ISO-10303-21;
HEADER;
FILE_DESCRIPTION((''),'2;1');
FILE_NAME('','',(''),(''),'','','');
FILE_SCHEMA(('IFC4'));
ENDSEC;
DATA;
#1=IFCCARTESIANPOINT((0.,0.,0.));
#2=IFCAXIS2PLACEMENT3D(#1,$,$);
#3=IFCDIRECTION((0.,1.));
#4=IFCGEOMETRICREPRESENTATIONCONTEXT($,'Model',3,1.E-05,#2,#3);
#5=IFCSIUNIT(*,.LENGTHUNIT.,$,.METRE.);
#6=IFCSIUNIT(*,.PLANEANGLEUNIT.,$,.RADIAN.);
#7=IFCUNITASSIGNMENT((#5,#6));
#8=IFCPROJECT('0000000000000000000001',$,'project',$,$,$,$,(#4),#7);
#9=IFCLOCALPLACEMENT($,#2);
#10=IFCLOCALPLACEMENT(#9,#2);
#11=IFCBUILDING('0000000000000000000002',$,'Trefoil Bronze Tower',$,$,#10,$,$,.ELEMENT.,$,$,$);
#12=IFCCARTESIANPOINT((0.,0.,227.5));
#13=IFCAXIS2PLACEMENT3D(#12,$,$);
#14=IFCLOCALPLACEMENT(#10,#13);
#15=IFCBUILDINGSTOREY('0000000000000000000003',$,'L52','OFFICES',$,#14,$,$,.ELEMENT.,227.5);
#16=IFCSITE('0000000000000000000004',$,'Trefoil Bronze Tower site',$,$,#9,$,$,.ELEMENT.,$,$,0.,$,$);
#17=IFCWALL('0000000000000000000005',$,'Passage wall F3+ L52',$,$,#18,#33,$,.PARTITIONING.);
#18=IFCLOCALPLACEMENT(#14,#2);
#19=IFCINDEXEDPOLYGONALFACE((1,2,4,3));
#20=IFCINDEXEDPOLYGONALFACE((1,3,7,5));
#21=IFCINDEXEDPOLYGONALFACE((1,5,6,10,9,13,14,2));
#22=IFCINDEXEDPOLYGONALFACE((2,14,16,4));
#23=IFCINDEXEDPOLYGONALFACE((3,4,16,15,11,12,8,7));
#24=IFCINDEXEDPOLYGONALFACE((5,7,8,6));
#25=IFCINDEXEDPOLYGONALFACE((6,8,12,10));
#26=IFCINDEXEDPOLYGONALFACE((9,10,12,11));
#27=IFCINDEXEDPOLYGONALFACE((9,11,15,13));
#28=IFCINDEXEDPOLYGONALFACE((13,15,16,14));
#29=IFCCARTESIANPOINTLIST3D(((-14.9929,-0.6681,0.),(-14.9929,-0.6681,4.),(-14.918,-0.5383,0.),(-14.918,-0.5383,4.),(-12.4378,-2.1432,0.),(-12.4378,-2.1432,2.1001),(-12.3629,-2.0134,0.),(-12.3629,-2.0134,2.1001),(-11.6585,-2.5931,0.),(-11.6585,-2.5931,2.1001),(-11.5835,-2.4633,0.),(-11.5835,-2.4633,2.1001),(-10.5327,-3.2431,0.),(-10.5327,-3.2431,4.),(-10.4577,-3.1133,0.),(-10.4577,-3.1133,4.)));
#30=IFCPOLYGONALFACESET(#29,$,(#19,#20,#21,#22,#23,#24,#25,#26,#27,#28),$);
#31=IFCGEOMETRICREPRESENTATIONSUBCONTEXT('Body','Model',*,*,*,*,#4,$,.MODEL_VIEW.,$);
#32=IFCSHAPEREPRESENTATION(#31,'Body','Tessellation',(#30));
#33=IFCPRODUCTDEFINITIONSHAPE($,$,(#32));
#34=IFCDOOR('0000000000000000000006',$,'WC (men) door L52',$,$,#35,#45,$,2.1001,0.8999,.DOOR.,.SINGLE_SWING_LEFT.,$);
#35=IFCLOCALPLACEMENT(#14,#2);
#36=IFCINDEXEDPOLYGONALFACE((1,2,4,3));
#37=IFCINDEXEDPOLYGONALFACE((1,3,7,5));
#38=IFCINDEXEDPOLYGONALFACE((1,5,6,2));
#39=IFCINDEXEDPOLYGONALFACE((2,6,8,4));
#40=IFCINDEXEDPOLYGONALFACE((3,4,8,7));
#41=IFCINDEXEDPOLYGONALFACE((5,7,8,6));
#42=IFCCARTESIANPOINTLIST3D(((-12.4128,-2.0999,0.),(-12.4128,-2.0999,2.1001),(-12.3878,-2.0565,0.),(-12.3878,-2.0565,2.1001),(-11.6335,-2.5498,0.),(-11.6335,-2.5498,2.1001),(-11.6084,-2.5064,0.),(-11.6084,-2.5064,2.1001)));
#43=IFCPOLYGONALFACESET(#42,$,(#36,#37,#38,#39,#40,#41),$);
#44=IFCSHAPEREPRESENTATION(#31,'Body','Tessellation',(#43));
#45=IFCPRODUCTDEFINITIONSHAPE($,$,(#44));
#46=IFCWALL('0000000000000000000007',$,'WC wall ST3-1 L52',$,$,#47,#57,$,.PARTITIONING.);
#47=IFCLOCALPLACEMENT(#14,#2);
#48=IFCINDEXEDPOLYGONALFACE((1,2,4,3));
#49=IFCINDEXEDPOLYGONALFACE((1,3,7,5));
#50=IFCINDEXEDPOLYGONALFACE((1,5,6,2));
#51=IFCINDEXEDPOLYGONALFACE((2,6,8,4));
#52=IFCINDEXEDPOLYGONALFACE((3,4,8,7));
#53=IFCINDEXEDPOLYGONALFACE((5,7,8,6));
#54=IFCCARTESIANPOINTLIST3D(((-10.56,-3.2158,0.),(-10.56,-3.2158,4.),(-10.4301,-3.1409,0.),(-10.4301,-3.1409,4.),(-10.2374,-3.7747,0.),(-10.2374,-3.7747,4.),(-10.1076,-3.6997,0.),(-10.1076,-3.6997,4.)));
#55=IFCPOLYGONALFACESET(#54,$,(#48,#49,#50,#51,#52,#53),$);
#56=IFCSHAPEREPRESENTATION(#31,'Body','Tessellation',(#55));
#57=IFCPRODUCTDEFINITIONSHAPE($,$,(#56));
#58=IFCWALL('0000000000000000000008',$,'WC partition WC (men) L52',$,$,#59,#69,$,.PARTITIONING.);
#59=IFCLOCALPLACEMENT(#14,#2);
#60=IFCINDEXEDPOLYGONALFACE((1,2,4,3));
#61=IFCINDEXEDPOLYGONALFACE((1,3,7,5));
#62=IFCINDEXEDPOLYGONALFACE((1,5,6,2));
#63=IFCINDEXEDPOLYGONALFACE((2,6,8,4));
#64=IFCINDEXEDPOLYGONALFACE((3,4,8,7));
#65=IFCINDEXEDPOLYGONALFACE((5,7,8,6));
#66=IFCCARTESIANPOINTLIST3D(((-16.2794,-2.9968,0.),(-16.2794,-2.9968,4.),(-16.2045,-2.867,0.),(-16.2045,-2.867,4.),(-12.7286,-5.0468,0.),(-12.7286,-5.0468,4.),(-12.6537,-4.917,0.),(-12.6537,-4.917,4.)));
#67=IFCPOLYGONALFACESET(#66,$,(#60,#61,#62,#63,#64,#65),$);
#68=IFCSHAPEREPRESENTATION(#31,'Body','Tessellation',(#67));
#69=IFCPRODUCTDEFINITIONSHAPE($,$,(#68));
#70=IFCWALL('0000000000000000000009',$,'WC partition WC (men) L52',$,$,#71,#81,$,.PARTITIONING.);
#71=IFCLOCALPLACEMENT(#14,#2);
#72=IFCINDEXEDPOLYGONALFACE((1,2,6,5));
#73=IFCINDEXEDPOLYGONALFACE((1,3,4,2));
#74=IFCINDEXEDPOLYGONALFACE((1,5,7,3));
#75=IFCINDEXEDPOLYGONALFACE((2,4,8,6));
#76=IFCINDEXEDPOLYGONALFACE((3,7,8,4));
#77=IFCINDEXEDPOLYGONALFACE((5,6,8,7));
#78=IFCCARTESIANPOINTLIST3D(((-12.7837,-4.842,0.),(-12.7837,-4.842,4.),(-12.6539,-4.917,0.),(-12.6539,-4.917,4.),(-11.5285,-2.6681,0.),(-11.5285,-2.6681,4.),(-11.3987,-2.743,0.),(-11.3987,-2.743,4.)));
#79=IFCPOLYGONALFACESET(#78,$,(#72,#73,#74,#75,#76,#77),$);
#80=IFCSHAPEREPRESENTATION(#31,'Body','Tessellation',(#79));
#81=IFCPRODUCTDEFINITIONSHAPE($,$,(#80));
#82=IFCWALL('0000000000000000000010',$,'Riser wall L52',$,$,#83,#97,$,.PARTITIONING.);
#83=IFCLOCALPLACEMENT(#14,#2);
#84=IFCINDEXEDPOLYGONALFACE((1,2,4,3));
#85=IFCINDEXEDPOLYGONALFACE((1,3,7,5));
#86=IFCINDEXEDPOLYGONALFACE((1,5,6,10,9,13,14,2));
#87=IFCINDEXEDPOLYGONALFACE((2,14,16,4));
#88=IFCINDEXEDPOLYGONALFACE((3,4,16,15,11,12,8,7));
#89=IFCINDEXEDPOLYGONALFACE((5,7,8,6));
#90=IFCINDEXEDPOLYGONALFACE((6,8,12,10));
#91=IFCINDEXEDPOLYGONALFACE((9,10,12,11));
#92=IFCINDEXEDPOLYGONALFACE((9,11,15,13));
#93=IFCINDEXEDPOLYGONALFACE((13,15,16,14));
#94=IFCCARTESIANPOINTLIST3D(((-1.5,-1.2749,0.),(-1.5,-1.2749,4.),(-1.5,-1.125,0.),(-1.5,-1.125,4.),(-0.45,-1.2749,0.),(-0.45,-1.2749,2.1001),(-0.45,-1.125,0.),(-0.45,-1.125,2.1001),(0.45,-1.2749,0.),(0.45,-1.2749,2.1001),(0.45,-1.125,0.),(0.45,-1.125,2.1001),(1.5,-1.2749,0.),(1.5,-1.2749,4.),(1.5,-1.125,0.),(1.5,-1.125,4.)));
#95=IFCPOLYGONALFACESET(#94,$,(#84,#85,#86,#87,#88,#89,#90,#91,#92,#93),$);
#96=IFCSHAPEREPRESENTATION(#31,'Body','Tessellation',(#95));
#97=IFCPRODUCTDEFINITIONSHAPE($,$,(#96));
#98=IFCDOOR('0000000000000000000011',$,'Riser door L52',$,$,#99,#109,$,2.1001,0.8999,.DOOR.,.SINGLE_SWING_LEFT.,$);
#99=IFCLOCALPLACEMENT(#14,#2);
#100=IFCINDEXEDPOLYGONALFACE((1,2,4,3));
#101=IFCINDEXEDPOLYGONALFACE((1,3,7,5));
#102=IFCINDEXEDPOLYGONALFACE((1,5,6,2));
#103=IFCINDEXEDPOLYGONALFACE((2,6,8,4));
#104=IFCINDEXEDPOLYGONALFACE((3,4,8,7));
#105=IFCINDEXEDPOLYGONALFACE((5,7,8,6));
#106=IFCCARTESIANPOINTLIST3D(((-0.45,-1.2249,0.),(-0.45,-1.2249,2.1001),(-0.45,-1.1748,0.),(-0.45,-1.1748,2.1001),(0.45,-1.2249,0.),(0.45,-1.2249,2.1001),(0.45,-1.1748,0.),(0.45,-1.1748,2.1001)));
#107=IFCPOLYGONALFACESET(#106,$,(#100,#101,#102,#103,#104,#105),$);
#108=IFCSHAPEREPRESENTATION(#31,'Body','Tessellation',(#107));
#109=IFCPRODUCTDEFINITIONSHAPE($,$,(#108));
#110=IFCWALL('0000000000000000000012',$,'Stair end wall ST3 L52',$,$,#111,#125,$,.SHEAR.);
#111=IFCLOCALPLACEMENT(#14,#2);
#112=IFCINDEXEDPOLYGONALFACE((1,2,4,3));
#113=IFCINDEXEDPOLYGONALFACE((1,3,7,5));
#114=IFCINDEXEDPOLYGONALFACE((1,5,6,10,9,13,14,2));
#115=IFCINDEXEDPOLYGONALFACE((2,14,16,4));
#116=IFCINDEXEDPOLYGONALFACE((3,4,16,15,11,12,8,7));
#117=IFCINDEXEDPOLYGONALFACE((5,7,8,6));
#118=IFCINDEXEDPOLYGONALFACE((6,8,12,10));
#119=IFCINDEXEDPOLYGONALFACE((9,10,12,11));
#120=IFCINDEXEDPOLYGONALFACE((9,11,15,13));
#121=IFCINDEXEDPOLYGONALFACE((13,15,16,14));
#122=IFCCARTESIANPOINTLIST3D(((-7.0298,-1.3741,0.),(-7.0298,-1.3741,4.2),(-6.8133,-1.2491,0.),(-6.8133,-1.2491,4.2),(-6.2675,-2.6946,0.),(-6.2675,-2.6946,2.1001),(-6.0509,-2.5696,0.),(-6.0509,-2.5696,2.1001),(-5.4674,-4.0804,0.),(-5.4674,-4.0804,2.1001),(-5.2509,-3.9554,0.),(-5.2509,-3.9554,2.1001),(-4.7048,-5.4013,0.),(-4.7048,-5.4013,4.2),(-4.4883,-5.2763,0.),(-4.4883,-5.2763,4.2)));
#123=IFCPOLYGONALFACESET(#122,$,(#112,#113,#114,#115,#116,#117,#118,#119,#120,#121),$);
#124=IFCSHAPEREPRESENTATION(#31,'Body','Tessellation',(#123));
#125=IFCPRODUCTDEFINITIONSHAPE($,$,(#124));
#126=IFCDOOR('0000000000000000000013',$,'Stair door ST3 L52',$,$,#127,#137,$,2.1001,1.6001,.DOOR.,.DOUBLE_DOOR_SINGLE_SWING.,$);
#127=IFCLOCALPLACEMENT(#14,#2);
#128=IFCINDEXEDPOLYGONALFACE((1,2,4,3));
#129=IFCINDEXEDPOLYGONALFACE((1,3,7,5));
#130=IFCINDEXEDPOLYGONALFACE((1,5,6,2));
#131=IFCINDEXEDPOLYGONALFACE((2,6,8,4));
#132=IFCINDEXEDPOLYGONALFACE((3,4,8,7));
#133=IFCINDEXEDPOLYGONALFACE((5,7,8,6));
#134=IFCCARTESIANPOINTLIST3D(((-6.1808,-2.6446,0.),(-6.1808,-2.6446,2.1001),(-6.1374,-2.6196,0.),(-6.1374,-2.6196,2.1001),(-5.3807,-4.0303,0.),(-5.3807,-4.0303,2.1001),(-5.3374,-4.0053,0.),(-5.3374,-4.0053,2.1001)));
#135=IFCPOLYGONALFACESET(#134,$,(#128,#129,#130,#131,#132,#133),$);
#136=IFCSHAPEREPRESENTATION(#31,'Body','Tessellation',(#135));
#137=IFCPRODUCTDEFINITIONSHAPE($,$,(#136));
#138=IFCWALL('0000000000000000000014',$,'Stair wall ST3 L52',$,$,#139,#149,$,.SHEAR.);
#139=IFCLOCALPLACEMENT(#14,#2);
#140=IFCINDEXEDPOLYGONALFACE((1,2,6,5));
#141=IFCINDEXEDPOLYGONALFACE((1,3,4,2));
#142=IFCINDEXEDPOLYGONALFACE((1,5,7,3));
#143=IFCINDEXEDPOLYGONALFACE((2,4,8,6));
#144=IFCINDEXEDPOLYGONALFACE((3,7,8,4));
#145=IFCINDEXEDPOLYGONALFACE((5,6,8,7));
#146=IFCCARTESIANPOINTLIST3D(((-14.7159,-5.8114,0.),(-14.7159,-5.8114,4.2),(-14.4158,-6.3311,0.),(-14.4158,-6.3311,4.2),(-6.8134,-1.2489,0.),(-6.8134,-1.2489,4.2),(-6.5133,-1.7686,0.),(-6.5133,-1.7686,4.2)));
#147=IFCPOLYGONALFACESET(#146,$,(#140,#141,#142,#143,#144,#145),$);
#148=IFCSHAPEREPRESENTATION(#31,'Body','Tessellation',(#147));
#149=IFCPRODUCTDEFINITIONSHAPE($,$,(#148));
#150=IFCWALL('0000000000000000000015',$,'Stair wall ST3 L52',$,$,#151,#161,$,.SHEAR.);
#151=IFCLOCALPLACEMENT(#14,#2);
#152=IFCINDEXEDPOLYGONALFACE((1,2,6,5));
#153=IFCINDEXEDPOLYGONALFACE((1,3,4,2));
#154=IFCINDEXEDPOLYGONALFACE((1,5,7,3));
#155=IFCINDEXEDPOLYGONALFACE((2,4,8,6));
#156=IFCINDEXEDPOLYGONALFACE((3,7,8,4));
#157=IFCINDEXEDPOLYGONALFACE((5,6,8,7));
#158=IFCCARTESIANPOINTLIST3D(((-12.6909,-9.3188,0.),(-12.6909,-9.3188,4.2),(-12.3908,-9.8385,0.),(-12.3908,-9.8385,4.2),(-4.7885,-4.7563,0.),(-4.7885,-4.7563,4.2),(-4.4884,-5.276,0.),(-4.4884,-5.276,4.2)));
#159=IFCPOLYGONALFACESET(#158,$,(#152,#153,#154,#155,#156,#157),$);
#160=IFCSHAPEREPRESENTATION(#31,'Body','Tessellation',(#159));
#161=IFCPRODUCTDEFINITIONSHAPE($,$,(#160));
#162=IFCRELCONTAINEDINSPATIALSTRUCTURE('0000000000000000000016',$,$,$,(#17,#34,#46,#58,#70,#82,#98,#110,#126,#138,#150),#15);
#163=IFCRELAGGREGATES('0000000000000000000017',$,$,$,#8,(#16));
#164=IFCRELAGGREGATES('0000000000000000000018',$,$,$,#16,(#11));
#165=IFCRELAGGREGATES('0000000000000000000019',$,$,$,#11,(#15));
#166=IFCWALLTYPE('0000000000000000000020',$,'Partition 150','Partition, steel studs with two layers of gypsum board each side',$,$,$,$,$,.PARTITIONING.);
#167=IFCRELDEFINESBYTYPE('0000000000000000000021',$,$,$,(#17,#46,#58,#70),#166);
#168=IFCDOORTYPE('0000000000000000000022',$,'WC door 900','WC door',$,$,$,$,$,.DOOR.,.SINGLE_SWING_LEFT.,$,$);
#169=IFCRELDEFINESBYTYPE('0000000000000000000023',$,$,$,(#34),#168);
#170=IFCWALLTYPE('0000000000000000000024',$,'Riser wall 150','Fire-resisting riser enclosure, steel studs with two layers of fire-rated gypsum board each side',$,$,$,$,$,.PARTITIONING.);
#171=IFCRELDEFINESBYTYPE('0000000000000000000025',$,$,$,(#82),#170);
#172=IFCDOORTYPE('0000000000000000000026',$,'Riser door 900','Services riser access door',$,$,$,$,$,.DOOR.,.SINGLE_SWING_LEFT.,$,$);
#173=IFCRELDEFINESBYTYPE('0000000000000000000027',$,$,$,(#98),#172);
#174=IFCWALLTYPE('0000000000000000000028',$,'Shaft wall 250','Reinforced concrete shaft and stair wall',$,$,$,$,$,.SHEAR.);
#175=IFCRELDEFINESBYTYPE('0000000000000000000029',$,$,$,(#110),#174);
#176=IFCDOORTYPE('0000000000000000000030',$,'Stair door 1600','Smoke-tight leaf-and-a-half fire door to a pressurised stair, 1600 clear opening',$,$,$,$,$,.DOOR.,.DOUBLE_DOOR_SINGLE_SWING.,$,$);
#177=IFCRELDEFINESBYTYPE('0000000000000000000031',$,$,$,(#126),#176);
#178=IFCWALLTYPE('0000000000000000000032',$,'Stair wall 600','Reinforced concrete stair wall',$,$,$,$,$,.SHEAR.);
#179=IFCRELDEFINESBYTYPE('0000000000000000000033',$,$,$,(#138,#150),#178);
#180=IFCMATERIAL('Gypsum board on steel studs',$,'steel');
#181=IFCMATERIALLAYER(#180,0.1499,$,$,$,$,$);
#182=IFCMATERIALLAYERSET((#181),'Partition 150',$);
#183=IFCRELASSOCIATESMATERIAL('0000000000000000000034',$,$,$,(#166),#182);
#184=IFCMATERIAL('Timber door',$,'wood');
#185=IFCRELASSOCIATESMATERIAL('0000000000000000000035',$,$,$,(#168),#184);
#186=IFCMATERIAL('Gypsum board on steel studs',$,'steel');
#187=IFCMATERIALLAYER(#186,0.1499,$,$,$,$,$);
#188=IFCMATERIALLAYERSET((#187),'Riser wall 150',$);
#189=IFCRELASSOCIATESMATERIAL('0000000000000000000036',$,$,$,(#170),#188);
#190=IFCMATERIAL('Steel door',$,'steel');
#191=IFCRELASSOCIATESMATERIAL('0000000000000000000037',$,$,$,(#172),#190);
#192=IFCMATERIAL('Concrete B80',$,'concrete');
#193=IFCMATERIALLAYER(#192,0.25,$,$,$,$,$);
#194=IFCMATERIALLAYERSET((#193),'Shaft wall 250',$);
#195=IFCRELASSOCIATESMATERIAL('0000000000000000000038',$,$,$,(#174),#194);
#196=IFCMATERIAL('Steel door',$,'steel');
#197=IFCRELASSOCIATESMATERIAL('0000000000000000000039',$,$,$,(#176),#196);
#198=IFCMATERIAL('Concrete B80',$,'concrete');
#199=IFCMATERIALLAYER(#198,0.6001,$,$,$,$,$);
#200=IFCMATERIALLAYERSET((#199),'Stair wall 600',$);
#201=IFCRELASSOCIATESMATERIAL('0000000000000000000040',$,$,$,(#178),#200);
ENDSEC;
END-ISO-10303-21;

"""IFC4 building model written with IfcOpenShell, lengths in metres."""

from ifc_helpers import new_model, si_unit, direction, frame, frame_2d, origin, place, context, subcontext, project, spatial, rectangle, extrude, material, layer, layer_set, type_object, element, fill, save


model = new_model("IFC4")

# Units and contexts
model_context = context("Model", 3, precision=1e-05, world=origin(), true_north=direction((0.0, 1.0)))
body_context = subcontext(model_context, "Body", "Model", "MODEL_VIEW")
ifc_project = project(units=[si_unit("LENGTHUNIT", "METRE"), si_unit("PLANEANGLEUNIT", "RADIAN")], contexts=[model_context])

# Site, building, storey
site_placement = place(None, origin())
site = spatial("IfcSite", under=ifc_project, at=site_placement, Name="Trefoil Bronze Tower site", CompositionType="ELEMENT", RefElevation=0.0)
building_placement = place(site_placement, origin())
building = spatial("IfcBuilding", under=site, at=building_placement, Name="Trefoil Bronze Tower", CompositionType="ELEMENT")
storey_placement = place(building_placement, frame((0.0, 0.0, 227.5)))
storey = spatial("IfcBuildingStorey", under=building, at=storey_placement, Name="L52", Description="OFFICES", CompositionType="ELEMENT", Elevation=227.5)

# Wall, opening, door
ifc_material_1 = material(Name="Gypsum board on steel studs", Category="steel")
ifc_layer_1 = layer(ifc_material_1, 0.1499)
ifc_layer_set_1 = layer_set([ifc_layer_1], Name="Partition 150")
wall_type_1 = type_object("IfcWallType", Name="Partition 150", Description="Partition, steel studs with two layers of gypsum board each side", PredefinedType="PARTITIONING", material=ifc_layer_set_1)
wall_1_placement = place(storey_placement, frame((-10.4951, -3.1782, 0.0), z_axis=(0.0, 0.0, 1.0), x_axis=(-0.866038, 0.499978, 0.0)))
wall_1 = element("IfcWall", 1, at=wall_1_placement, inside=storey, type_object=wall_type_1, Name="Passage wall F3+ L52", PredefinedType="PARTITIONING", context=body_context, shape_type="SweptSolid", body=[
    extrude(rectangle(XDim=5.1501, YDim=0.1499, at=frame_2d((2.5752, 0.0))), origin(), (0.0, 0.0, 1.0), 4.0),
])
opening_1_placement = place(wall_1_placement, frame((1.3, 0.0, 0.0)))
opening_1 = element("IfcOpeningElement", 2, at=opening_1_placement, cuts=wall_1, PredefinedType="OPENING", context=body_context, shape_type="SweptSolid", body=[
    extrude(rectangle(XDim=0.8999, YDim=2.1001, at=frame_2d((0.45, 1.05))), frame((0.0, 0.085, 0.0), z_axis=(0.0, -1.0, 0.0), x_axis=(1.0, 0.0, 0.0)), (0.0, 0.0, 1.0), 0.1699),
])
ifc_material_2 = material(Name="Timber door", Category="wood")
door_type_1 = type_object("IfcDoorType", Name="WC door 900", Description="WC door", OperationType="SINGLE_SWING_LEFT", PredefinedType="DOOR", material=ifc_material_2)
door_1_placement = place(opening_1_placement, origin())
door_1 = element("IfcDoor", 3, at=door_1_placement, inside=storey, type_object=door_type_1, Name="WC (men) door L52", OperationType="SINGLE_SWING_LEFT", OverallHeight=2.1001, OverallWidth=0.8999, PredefinedType="DOOR", context=body_context, shape_type="SweptSolid", body=[
    extrude(rectangle(XDim=0.8999, YDim=2.1001, at=frame_2d((0.45, 1.05))), frame((0.0, 0.0249, 0.0), z_axis=(0.0, -1.0, 0.0), x_axis=(1.0, 0.0, 0.0)), (0.0, 0.0, 1.0), 0.05),
])
fill(opening_1, door_1)

# Walls
wall_2_placement = place(storey_placement, frame((-10.4951, -3.1782, 0.0), z_axis=(0.0, 0.0, 1.0), x_axis=(0.499843, -0.866116, 0.0)))
element("IfcWall", 4, at=wall_2_placement, inside=storey, type_object=wall_type_1, Name="WC wall ST3-1 L52", PredefinedType="PARTITIONING", context=body_context, shape_type="SweptSolid", body=[
    extrude(rectangle(XDim=0.6453, YDim=0.1499, at=frame_2d((0.3228, 0.0))), origin(), (0.0, 0.0, 1.0), 4.0),
])
wall_3_placement = place(storey_placement, frame((-12.6912, -4.9819, 0.0), z_axis=(0.0, 0.0, 1.0), x_axis=(-0.866025, 0.500001, 0.0)))
element("IfcWall", 5, at=wall_3_placement, inside=storey, type_object=wall_type_1, Name="WC partition WC (men) L52", PredefinedType="PARTITIONING", context=body_context, shape_type="SweptSolid", body=[
    extrude(rectangle(XDim=4.1001, YDim=0.1499, at=frame_2d((2.05, 0.0))), origin(), (0.0, 0.0, 1.0), 4.0),
])
wall_4_placement = place(storey_placement, frame((-11.4636, -2.7056, 0.0), z_axis=(0.0, 0.0, 1.0), x_axis=(-0.50002, -0.866014, 0.0)))
element("IfcWall", 6, at=wall_4_placement, inside=storey, type_object=wall_type_1, Name="WC partition WC (men) L52", PredefinedType="PARTITIONING", context=body_context, shape_type="SweptSolid", body=[
    extrude(rectangle(XDim=2.5103, YDim=0.1499, at=frame_2d((1.2551, 0.0))), origin(), (0.0, 0.0, 1.0), 4.0),
])

# Walls, openings, doors
ifc_material_3 = material(Name="Gypsum board on steel studs", Category="steel")
ifc_layer_2 = layer(ifc_material_3, 0.1499)
ifc_layer_set_2 = layer_set([ifc_layer_2], Name="Riser wall 150")
wall_type_2 = type_object("IfcWallType", Name="Riser wall 150", Description="Fire-resisting riser enclosure, steel studs with two layers of fire-rated gypsum board each side", PredefinedType="PARTITIONING", material=ifc_layer_set_2)
wall_5_placement = place(storey_placement, frame((-1.5, -1.2, 0.0), z_axis=(0.0, 0.0, 1.0), x_axis=(1.0, 0.0, 0.0)))
wall_5 = element("IfcWall", 7, at=wall_5_placement, inside=storey, type_object=wall_type_2, Name="Riser wall L52", PredefinedType="PARTITIONING", context=body_context, shape_type="SweptSolid", body=[
    extrude(rectangle(XDim=3.0, YDim=0.1499, at=frame_2d((1.5, 0.0))), origin(), (0.0, 0.0, 1.0), 4.0),
])
opening_2_placement = place(wall_5_placement, frame((1.05, 0.0, 0.0)))
opening_2 = element("IfcOpeningElement", 8, at=opening_2_placement, cuts=wall_5, PredefinedType="OPENING", context=body_context, shape_type="SweptSolid", body=[
    extrude(rectangle(XDim=0.8999, YDim=2.1001, at=frame_2d((0.45, 1.05))), frame((0.0, 0.085, 0.0), z_axis=(0.0, -1.0, 0.0), x_axis=(1.0, 0.0, 0.0)), (0.0, 0.0, 1.0), 0.1699),
])
ifc_material_4 = material(Name="Steel door", Category="steel")
door_type_2 = type_object("IfcDoorType", Name="Riser door 900", Description="Services riser access door", OperationType="SINGLE_SWING_LEFT", PredefinedType="DOOR", material=ifc_material_4)
door_2_placement = place(opening_2_placement, frame((0.8999, 0.0, 0.0), z_axis=(0.0, 0.0, 1.0), x_axis=(-1.0, 0.0, 0.0)))
door_2 = element("IfcDoor", 9, at=door_2_placement, inside=storey, type_object=door_type_2, Name="Riser door L52", OperationType="SINGLE_SWING_LEFT", OverallHeight=2.1001, OverallWidth=0.8999, PredefinedType="DOOR", context=body_context, shape_type="SweptSolid", body=[
    extrude(rectangle(XDim=0.8999, YDim=2.1001, at=frame_2d((0.45, 1.05))), frame((0.0, 0.0249, 0.0), z_axis=(0.0, -1.0, 0.0), x_axis=(1.0, 0.0, 0.0)), (0.0, 0.0, 1.0), 0.05),
])
fill(opening_2, door_2)
ifc_material_5 = material(Name="Concrete B80", Category="concrete")
ifc_layer_3 = layer(ifc_material_5, 0.25)
ifc_layer_set_3 = layer_set([ifc_layer_3], Name="Shaft wall 250")
wall_type_3 = type_object("IfcWallType", Name="Shaft wall 250", Description="Reinforced concrete shaft and stair wall", PredefinedType="SHEAR", material=ifc_layer_set_3)
wall_6_placement = place(storey_placement, frame((-6.9216, -1.3115, 0.0), z_axis=(0.0, 0.0, 1.0), x_axis=(0.499985, -0.866034, 0.0)))
wall_6 = element("IfcWall", 10, at=wall_6_placement, inside=storey, type_object=wall_type_3, Name="Stair end wall ST3 L52", PredefinedType="SHEAR", context=body_context, shape_type="SweptSolid", body=[
    extrude(rectangle(XDim=4.6501, YDim=0.25, at=frame_2d((2.3252, 0.0))), origin(), (0.0, 0.0, 1.0), 4.2),
])
opening_3_placement = place(wall_6_placement, frame((1.5249, 0.0, 0.0)))
opening_3 = element("IfcOpeningElement", 11, at=opening_3_placement, cuts=wall_6, PredefinedType="OPENING", context=body_context, shape_type="SweptSolid", body=[
    extrude(rectangle(XDim=1.6001, YDim=2.1001, at=frame_2d((0.8, 1.05))), frame((0.0, 0.135, 0.0), z_axis=(0.0, -1.0, 0.0), x_axis=(1.0, 0.0, 0.0)), (0.0, 0.0, 1.0), 0.27),
])
ifc_material_6 = material(Name="Steel door", Category="steel")
door_type_3 = type_object("IfcDoorType", Name="Stair door 1600", Description="Smoke-tight leaf-and-a-half fire door to a pressurised stair, 1600 clear opening", OperationType="DOUBLE_DOOR_SINGLE_SWING", PredefinedType="DOOR", material=ifc_material_6)
door_3_placement = place(opening_3_placement, frame((1.6001, 0.0, 0.0), z_axis=(0.0, 0.0, 1.0), x_axis=(-1.0, 0.0, 0.0)))
door_3 = element("IfcDoor", 12, at=door_3_placement, inside=storey, type_object=door_type_3, Name="Stair door ST3 L52", OperationType="DOUBLE_DOOR_SINGLE_SWING", OverallHeight=2.1001, OverallWidth=1.6001, PredefinedType="DOOR", context=body_context, shape_type="SweptSolid", body=[
    extrude(rectangle(XDim=1.6001, YDim=2.1001, at=frame_2d((0.8, 1.05))), frame((0.0, 0.0249, 0.0), z_axis=(0.0, -1.0, 0.0), x_axis=(1.0, 0.0, 0.0)), (0.0, 0.0, 1.0), 0.05),
])
fill(opening_3, door_3)

# Walls
ifc_material_7 = material(Name="Concrete B80", Category="concrete")
ifc_layer_4 = layer(ifc_material_7, 0.6001)
ifc_layer_set_4 = layer_set([ifc_layer_4], Name="Stair wall 600")
wall_type_4 = type_object("IfcWallType", Name="Stair wall 600", Description="Reinforced concrete stair wall", PredefinedType="SHEAR", material=ifc_layer_set_4)
for number, where, z_axis, x_axis, name in (
    (13, (-6.6633, -1.5088, 0.0), (0.0, 0.0, 1.0), (-0.866028, -0.499995, 0.0), "Stair wall ST3 L52"),
    (14, (-4.6384, -5.0161, 0.0), (0.0, 0.0, 1.0), (-0.866022, -0.500007, 0.0), "Stair wall ST3 L52"),
):
    element("IfcWall", number, at=place(storey_placement, frame(where, z_axis=z_axis, x_axis=x_axis)), inside=storey, type_object=wall_type_4, Name=name, PredefinedType="SHEAR", context=body_context, shape_type="SweptSolid", body=[
        extrude(rectangle(XDim=9.125, YDim=0.6001, at=frame_2d((4.5625, 0.0))), origin(), (0.0, 0.0, 1.0), 4.2),
    ])

save(model, "model.ifc")
